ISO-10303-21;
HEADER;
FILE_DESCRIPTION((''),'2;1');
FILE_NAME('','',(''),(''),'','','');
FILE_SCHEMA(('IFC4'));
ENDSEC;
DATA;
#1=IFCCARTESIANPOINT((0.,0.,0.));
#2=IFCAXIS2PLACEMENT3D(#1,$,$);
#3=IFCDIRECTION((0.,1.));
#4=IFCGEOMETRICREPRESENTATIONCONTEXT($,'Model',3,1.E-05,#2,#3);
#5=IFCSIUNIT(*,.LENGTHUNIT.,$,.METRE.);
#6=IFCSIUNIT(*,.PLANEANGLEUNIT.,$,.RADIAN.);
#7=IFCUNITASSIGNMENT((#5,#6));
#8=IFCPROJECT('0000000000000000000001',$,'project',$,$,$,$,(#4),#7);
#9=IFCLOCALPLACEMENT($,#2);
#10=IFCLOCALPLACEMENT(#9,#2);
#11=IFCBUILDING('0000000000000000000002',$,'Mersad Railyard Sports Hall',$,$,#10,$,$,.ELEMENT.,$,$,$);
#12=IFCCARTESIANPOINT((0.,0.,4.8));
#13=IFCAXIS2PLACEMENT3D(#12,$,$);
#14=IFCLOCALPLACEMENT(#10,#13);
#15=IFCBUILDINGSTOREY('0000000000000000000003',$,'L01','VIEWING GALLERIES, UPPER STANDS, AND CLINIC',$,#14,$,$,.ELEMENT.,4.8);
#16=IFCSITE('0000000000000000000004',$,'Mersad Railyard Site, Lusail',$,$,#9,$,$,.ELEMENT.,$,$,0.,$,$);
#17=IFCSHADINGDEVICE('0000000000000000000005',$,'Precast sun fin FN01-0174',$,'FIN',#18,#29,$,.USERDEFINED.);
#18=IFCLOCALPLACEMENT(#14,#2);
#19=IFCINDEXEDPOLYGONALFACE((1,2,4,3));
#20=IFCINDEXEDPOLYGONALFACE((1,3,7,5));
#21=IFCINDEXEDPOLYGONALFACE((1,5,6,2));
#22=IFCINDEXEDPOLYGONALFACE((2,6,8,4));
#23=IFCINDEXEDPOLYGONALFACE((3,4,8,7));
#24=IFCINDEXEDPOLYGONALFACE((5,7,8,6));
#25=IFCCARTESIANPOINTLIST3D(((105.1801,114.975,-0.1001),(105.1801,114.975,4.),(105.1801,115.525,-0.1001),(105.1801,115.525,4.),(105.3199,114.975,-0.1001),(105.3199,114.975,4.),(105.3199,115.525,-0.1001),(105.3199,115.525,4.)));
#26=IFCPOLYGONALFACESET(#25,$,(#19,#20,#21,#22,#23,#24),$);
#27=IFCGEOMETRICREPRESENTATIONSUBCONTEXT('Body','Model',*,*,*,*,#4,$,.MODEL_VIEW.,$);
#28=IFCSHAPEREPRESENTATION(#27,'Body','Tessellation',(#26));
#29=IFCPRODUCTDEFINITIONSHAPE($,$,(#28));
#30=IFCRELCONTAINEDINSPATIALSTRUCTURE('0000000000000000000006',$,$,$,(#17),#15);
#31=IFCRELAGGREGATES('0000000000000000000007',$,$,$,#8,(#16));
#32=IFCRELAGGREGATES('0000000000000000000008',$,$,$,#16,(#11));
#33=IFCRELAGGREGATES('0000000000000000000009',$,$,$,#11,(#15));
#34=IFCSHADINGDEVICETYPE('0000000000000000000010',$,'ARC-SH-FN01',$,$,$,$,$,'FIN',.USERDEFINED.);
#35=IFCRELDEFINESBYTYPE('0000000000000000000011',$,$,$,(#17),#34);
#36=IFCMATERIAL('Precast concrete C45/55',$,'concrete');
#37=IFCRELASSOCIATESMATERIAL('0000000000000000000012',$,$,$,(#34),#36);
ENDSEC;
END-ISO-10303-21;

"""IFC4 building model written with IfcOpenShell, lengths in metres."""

from ifc_helpers import new_model, si_unit, direction, frame, origin, origin_2d, place, context, subcontext, project, spatial, rectangle, extrude, material, type_object, element, save


model = new_model("IFC4")

# Units and contexts
model_context = context("Model", 3, precision=1e-05, world=origin(), true_north=direction((0.0, 1.0)))
body_context = subcontext(model_context, "Body", "Model", "MODEL_VIEW")
ifc_project = project(units=[si_unit("LENGTHUNIT", "METRE"), si_unit("PLANEANGLEUNIT", "RADIAN")], contexts=[model_context])

# Site, building, storey
site_placement = place(None, origin())
site = spatial("IfcSite", under=ifc_project, at=site_placement, Name="Mersad Railyard Site, Lusail", CompositionType="ELEMENT", RefElevation=0.0)
building_placement = place(site_placement, origin())
building = spatial("IfcBuilding", under=site, at=building_placement, Name="Mersad Railyard Sports Hall", CompositionType="ELEMENT")
storey_placement = place(building_placement, frame((0.0, 0.0, 4.8)))
storey = spatial("IfcBuildingStorey", under=building, at=storey_placement, Name="L01", Description="VIEWING GALLERIES, UPPER STANDS, AND CLINIC", CompositionType="ELEMENT", Elevation=4.8)

# Shading device
ifc_material_1 = material(Name="Precast concrete C45/55", Category="concrete")
shading_device_type = type_object("IfcShadingDeviceType", Name="ARC-SH-FN01", ElementType="FIN", PredefinedType="USERDEFINED", material=ifc_material_1)
for number, where, z_axis, x_axis, name in (
    (1, (105.25, 115.25, -0.1001), (0.0, 0.0, 1.0), (1.0, 0.0, 0.0), "Precast sun fin FN01-0174"),
):
    element("IfcShadingDevice", number, at=place(storey_placement, frame(where, z_axis=z_axis, x_axis=x_axis)), inside=storey, type_object=shading_device_type, Name=name, ObjectType="FIN", PredefinedType="USERDEFINED", context=body_context, shape_type="SweptSolid", body=[
        extrude(rectangle(XDim=0.1399, YDim=0.55, at=origin_2d()), origin(), (0.0, 0.0, 1.0), 4.1001),
    ])

save(model, "model.ifc")
